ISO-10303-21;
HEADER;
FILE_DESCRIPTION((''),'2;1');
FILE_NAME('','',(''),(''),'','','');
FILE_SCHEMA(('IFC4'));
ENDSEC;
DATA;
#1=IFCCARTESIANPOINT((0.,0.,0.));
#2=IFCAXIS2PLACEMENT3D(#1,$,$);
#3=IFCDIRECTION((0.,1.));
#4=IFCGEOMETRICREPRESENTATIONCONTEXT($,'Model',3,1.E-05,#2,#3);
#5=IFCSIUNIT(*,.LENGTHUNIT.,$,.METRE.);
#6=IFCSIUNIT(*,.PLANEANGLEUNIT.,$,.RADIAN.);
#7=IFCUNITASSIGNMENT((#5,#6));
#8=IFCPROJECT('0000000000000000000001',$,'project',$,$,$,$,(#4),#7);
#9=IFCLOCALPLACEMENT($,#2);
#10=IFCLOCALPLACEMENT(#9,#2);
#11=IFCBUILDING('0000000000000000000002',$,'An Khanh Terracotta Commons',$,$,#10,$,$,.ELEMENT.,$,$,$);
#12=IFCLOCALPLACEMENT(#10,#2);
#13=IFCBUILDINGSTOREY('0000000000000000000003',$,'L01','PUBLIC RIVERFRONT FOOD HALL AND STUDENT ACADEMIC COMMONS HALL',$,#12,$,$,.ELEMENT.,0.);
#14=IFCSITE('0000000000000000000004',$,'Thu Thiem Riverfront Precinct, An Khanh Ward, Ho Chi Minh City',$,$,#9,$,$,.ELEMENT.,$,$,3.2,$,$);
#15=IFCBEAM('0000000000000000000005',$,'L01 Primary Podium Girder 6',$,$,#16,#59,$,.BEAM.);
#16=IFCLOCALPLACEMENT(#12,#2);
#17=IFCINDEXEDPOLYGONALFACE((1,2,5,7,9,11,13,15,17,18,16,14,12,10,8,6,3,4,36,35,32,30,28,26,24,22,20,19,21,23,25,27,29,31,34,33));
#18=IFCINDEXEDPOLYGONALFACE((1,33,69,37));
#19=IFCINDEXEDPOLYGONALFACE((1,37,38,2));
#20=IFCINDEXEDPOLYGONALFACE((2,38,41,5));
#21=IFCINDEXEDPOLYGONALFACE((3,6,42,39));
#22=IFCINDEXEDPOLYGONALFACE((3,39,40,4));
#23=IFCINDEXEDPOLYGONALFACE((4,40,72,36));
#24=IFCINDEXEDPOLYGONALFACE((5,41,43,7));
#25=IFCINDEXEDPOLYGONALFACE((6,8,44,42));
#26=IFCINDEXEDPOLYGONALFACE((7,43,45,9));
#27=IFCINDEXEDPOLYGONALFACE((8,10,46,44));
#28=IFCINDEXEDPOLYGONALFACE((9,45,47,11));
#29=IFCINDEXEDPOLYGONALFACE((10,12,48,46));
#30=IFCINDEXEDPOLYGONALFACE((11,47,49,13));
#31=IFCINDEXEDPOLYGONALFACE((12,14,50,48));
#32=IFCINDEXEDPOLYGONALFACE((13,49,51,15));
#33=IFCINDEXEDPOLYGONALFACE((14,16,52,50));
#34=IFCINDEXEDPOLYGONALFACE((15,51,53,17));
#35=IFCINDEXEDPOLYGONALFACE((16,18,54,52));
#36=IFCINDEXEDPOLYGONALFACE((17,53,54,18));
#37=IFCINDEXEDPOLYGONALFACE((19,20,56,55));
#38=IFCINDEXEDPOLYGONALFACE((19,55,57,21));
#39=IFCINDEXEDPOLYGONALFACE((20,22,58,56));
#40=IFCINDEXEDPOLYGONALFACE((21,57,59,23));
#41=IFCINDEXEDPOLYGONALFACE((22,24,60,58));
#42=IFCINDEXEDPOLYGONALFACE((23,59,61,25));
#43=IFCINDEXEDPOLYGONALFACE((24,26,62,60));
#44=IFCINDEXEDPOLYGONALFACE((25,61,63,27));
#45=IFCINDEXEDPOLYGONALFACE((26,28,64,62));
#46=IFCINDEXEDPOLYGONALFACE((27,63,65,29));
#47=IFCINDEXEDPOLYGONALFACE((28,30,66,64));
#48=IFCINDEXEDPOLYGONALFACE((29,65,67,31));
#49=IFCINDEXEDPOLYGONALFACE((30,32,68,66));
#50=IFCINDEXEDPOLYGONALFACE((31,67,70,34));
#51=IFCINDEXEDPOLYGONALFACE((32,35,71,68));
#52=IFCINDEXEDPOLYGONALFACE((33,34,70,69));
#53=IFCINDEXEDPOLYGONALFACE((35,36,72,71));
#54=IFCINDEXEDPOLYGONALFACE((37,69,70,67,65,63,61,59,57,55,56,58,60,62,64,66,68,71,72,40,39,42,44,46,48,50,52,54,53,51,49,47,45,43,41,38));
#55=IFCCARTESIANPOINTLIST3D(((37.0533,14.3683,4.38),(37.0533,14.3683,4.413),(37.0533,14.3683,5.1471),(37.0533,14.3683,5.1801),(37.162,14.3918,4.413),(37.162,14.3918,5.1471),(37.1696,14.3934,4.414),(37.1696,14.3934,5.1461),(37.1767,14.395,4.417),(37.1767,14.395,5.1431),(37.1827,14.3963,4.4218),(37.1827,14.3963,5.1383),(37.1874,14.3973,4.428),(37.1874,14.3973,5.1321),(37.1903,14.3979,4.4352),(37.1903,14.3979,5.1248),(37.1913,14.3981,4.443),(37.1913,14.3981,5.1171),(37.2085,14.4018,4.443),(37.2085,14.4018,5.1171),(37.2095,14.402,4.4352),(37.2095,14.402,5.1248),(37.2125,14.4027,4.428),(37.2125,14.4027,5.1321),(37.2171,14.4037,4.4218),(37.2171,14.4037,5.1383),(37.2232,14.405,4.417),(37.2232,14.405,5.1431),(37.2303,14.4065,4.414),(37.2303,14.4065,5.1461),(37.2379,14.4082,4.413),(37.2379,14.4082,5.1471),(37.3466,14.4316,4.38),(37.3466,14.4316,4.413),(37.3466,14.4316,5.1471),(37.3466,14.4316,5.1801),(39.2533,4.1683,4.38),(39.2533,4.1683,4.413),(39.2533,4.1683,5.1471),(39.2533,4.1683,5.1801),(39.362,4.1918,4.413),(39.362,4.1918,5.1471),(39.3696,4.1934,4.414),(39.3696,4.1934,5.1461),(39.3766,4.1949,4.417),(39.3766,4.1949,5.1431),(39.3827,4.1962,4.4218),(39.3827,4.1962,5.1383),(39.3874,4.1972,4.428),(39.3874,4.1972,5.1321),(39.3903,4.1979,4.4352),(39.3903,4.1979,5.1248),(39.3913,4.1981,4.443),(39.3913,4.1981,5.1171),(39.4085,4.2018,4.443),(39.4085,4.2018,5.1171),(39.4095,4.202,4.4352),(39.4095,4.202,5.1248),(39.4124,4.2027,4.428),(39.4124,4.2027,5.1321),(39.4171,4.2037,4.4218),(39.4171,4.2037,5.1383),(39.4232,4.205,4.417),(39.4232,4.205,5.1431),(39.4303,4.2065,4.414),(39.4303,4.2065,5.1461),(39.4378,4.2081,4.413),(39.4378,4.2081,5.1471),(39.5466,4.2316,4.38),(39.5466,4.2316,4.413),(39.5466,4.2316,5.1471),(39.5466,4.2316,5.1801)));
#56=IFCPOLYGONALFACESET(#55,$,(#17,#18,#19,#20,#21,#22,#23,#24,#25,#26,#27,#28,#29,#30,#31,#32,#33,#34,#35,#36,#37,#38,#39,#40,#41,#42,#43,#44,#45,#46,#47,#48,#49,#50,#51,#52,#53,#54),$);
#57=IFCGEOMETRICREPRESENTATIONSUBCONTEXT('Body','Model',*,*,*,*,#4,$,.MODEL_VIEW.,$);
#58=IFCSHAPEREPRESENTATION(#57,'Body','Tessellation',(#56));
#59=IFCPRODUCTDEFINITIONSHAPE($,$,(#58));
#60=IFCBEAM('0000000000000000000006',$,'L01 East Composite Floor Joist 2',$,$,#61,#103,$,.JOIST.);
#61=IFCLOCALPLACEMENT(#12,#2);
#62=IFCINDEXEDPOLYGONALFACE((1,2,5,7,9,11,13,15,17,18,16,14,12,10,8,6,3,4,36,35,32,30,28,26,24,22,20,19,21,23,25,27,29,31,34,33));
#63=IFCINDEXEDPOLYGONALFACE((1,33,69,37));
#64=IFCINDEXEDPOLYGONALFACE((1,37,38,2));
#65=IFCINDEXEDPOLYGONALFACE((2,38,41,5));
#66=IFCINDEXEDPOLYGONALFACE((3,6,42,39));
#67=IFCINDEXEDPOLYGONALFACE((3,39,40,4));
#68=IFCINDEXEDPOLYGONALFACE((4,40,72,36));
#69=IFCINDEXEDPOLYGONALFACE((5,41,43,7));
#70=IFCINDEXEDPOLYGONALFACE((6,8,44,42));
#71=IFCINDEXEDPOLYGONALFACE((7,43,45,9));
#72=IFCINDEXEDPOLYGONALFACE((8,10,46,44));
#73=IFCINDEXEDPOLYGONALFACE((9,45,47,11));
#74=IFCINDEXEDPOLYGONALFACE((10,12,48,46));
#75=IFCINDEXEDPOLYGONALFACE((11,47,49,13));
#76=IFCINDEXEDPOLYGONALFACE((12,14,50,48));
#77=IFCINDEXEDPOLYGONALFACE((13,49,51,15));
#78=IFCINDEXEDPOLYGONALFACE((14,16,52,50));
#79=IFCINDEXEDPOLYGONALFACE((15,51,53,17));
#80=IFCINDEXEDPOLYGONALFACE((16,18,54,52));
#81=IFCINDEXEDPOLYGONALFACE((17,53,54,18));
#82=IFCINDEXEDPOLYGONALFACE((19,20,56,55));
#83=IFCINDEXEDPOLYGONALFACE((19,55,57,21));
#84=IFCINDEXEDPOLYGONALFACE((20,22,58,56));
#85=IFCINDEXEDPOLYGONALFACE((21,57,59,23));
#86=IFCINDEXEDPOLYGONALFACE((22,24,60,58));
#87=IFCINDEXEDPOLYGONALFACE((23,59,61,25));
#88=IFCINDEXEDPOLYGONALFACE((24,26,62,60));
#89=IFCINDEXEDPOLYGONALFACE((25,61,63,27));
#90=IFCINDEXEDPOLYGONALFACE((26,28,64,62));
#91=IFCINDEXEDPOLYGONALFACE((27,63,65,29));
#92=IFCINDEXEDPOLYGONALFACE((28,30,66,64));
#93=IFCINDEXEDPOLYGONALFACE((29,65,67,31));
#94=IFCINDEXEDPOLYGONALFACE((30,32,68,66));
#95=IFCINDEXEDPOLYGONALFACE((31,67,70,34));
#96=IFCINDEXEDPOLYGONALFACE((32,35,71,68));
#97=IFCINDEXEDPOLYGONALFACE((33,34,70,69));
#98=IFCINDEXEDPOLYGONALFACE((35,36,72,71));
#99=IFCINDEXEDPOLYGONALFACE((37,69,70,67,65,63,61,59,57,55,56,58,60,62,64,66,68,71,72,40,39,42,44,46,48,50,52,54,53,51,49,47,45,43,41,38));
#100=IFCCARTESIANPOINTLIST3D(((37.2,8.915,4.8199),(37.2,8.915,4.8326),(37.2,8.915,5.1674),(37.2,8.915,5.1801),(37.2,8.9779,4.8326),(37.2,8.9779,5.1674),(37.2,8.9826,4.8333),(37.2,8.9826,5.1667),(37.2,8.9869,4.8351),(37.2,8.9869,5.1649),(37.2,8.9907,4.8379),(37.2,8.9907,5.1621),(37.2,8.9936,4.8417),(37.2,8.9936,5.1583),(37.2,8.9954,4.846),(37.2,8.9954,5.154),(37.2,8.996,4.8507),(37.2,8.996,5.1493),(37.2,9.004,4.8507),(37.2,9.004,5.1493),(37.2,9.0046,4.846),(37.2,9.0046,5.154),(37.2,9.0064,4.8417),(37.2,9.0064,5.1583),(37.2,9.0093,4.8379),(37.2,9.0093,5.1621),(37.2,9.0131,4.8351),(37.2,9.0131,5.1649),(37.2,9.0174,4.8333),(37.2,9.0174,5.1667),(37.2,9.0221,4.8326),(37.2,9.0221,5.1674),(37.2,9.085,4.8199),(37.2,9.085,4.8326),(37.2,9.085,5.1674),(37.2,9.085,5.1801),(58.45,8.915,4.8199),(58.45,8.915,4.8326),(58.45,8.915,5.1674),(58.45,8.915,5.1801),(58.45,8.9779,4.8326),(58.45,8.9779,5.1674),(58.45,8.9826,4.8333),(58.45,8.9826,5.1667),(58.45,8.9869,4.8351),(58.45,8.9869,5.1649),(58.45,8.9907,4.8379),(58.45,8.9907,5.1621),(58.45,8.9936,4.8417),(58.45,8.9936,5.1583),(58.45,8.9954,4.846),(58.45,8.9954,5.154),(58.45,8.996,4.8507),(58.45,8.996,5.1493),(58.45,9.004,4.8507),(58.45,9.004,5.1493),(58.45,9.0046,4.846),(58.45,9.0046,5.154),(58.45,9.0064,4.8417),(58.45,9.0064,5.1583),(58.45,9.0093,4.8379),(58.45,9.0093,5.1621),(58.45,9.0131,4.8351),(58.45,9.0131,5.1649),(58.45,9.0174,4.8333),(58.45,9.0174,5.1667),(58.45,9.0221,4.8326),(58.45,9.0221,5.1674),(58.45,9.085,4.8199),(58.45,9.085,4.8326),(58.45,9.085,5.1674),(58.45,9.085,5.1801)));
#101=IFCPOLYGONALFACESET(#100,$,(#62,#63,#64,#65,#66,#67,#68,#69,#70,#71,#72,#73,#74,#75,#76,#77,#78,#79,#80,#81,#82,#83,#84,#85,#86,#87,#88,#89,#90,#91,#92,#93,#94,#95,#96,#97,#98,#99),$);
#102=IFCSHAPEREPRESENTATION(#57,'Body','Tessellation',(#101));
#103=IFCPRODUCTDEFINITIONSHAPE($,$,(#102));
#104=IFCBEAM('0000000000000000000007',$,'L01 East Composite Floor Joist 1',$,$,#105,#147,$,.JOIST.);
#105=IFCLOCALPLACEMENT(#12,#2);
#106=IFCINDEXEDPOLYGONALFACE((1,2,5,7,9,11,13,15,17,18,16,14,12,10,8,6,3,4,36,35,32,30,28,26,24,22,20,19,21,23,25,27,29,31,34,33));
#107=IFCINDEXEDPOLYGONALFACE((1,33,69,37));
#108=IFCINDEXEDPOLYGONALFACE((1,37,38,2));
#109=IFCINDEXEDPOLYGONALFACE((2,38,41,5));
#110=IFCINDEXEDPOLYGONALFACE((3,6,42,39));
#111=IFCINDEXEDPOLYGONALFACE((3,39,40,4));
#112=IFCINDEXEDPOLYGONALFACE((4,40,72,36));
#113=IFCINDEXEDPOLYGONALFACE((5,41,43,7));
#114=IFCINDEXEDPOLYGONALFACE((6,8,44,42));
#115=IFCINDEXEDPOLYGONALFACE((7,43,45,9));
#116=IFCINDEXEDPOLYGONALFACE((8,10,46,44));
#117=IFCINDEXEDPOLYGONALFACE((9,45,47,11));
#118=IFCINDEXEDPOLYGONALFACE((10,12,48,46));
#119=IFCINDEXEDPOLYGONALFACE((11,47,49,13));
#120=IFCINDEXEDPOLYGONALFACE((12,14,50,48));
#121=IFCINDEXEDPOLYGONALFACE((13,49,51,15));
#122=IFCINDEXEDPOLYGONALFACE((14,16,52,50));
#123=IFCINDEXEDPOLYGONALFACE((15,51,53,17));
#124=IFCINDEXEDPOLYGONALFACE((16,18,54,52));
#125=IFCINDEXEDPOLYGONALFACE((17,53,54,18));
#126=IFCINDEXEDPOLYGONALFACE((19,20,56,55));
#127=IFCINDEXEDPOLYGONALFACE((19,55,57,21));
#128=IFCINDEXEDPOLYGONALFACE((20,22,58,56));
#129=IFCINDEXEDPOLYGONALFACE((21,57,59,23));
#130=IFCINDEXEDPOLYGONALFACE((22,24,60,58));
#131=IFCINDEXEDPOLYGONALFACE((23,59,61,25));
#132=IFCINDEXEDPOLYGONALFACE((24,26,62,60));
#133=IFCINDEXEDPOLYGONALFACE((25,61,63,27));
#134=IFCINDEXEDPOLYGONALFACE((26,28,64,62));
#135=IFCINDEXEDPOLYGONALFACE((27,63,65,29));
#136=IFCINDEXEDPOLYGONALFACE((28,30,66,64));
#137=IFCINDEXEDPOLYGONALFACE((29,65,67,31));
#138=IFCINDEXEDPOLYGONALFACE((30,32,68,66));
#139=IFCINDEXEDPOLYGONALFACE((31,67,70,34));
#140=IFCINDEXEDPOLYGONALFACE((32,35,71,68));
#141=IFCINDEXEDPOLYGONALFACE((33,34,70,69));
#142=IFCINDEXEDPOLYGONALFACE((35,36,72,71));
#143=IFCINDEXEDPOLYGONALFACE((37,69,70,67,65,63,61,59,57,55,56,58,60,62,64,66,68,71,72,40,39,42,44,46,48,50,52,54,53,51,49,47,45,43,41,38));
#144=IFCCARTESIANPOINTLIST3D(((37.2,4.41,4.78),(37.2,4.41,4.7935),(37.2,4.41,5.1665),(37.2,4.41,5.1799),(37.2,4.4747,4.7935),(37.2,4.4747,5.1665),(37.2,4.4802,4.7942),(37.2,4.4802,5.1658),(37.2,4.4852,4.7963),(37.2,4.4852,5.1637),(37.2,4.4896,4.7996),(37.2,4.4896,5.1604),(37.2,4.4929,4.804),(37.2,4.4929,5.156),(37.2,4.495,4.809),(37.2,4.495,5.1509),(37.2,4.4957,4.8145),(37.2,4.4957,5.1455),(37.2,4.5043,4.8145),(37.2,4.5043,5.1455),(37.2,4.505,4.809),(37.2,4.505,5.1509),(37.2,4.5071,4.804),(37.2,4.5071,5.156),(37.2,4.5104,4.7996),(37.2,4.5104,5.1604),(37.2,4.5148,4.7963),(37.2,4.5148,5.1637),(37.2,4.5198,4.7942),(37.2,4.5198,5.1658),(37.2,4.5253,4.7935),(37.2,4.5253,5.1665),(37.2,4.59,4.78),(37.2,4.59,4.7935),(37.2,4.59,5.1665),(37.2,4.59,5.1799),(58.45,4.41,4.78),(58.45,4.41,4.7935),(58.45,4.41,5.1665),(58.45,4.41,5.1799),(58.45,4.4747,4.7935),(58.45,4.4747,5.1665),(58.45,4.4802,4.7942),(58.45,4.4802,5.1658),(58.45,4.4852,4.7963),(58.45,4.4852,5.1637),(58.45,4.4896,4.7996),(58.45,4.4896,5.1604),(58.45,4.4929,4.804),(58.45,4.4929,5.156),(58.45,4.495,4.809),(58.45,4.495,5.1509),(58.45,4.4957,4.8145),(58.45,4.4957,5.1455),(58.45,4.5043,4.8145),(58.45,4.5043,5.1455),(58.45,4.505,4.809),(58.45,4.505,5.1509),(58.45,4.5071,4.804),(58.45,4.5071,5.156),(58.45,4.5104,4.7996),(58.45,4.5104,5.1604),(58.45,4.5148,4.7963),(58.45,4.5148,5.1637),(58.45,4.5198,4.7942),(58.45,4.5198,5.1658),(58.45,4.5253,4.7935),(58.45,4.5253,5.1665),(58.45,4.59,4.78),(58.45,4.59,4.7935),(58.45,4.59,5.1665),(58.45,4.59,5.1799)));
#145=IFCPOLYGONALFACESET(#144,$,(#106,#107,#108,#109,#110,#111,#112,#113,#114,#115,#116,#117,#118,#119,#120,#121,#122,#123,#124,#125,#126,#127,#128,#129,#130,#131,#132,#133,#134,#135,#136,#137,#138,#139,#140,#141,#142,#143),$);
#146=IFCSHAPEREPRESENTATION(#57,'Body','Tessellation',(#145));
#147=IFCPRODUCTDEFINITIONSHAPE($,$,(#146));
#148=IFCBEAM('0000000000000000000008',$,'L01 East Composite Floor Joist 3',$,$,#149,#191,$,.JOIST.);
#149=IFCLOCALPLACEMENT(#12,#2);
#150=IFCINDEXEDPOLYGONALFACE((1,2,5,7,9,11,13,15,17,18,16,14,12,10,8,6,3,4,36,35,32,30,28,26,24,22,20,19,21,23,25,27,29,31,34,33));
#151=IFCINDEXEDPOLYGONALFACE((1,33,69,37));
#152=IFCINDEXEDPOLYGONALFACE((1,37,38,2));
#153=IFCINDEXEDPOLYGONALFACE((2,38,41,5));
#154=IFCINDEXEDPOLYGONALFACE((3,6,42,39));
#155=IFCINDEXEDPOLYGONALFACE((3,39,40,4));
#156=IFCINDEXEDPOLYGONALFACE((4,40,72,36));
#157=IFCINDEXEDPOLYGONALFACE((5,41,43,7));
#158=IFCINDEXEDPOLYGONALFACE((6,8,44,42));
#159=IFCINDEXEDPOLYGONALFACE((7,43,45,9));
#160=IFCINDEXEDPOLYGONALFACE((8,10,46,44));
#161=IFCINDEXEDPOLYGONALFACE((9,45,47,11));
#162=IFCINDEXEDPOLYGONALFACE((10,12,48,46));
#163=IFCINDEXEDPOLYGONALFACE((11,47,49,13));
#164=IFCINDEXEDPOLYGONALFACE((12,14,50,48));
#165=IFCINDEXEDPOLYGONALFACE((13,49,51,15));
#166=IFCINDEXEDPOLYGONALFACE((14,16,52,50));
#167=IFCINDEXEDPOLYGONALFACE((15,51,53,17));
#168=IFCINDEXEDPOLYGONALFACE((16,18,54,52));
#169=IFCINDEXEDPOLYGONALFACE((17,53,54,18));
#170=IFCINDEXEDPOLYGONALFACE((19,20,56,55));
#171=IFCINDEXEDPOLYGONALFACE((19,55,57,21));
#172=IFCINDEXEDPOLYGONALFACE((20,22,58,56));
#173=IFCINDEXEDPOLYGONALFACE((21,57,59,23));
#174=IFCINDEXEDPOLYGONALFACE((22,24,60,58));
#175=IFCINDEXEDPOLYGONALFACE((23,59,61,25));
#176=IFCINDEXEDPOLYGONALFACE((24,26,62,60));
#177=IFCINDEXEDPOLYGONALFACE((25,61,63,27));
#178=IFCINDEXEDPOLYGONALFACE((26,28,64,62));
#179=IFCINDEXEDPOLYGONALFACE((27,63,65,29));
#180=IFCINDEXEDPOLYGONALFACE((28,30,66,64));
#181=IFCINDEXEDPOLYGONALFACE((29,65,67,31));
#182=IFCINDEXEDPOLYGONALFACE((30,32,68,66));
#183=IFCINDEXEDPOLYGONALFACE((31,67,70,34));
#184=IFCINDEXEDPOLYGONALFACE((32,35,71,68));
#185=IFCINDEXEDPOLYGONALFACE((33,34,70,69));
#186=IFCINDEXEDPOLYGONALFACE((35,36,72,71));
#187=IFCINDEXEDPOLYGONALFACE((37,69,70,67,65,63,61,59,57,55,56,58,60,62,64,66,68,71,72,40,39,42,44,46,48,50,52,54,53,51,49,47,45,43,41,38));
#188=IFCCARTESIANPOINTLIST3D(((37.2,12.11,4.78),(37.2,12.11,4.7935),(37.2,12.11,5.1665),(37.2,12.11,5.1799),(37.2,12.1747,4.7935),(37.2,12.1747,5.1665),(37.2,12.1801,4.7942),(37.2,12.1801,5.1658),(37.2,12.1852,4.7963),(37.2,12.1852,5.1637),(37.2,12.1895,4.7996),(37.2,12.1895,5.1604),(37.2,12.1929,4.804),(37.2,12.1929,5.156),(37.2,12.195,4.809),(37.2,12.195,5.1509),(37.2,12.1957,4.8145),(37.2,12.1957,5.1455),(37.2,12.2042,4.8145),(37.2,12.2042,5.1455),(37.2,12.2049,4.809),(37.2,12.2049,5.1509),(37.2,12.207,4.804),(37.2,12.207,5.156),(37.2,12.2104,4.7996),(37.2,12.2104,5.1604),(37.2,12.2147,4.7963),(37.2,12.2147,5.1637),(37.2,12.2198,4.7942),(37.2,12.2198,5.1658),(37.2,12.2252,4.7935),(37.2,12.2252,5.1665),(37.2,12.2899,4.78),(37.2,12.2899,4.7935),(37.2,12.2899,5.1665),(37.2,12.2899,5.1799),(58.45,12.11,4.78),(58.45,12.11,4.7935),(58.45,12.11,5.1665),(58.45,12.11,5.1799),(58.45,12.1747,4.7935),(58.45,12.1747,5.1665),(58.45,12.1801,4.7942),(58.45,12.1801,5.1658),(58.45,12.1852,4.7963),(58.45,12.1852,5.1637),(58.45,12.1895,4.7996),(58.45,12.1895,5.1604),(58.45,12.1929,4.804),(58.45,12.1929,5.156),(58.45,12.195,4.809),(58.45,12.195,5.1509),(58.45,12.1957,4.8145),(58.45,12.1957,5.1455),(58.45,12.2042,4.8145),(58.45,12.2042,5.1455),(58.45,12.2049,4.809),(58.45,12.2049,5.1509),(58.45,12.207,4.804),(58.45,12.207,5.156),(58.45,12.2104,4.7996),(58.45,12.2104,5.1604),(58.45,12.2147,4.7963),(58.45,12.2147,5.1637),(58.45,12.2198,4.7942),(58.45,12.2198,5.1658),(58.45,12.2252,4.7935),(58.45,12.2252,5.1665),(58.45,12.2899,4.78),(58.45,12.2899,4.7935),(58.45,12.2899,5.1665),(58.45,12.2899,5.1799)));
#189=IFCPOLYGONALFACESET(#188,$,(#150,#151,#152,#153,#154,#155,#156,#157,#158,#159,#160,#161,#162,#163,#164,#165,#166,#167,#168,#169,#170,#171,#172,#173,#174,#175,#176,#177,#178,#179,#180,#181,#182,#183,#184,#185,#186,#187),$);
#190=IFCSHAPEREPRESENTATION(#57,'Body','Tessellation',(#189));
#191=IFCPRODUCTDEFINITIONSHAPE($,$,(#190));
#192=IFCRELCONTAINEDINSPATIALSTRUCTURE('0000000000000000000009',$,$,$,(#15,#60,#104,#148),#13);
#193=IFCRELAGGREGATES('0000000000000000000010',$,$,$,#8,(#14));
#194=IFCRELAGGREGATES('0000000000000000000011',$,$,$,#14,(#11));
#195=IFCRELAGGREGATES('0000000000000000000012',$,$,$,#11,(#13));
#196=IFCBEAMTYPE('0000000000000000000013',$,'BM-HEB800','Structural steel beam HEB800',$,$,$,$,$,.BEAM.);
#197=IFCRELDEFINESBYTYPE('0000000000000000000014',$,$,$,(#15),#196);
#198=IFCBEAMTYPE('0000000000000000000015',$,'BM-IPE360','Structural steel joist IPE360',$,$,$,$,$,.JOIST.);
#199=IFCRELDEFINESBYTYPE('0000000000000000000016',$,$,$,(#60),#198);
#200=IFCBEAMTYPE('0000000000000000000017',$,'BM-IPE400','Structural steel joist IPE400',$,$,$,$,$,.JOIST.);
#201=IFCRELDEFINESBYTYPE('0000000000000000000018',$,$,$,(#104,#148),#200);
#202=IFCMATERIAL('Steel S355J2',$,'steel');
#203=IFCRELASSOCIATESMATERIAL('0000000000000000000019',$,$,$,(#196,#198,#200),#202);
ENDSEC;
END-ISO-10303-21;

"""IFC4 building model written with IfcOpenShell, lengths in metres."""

from ifc_helpers import new_model, si_unit, direction, frame, origin, origin_2d, place, context, subcontext, project, spatial, i_section, extrude, material, material_profile, profile_set, type_object, element, save


model = new_model("IFC4")

# Units and contexts
model_context = context("Model", 3, precision=1e-05, world=origin(), true_north=direction((0.0, 1.0)))
body_context = subcontext(model_context, "Body", "Model", "MODEL_VIEW")
ifc_project = project(units=[si_unit("LENGTHUNIT", "METRE"), si_unit("PLANEANGLEUNIT", "RADIAN")], contexts=[model_context])

# Site, building, storey
site_placement = place(None, origin())
site = spatial("IfcSite", under=ifc_project, at=site_placement, Name="Thu Thiem Riverfront Precinct, An Khanh Ward, Ho Chi Minh City", CompositionType="ELEMENT", RefElevation=3.2)
building_placement = place(site_placement, origin())
building = spatial("IfcBuilding", under=site, at=building_placement, Name="An Khanh Terracotta Commons", CompositionType="ELEMENT")
storey_placement = place(building_placement, origin())
storey = spatial("IfcBuildingStorey", under=building, at=storey_placement, Name="L01", Description="PUBLIC RIVERFRONT FOOD HALL AND STUDENT ACADEMIC COMMONS HALL", CompositionType="ELEMENT", Elevation=0.0)

# Beams
ifc_material_1 = material(Name="Steel S355J2", Category="steel")
ifc_material_profile_1 = material_profile(ifc_material_1, i_section(OverallWidth=0.3, OverallDepth=0.8, WebThickness=0.0176, FlangeThickness=0.033, FilletRadius=0.03, at=origin_2d()), Name="HEB800")
ifc_profile_set_1 = profile_set([ifc_material_profile_1], Name="Steel S355J2")
beam_type_1 = type_object("IfcBeamType", Name="BM-HEB800", Description="Structural steel beam HEB800", PredefinedType="BEAM", material=ifc_profile_set_1)
beam_1_placement = place(storey_placement, frame((39.3999, 4.2, 4.78), z_axis=(-0.210834, 0.977522, 0.0), x_axis=(-0.977522, -0.210834, 0.0)))
element("IfcBeam", 1, at=beam_1_placement, inside=storey, type_object=beam_type_1, Name="L01 Primary Podium Girder 6", PredefinedType="BEAM", context=body_context, shape_type="SweptSolid", body=[
    extrude(i_section(OverallWidth=0.3, OverallDepth=0.8, WebThickness=0.0176, FlangeThickness=0.033, FilletRadius=0.03, at=origin_2d()), origin(), (0.0, 0.0, 1.0), 10.4346),
])
ifc_material_profile_2 = material_profile(ifc_material_1, i_section(OverallWidth=0.1699, OverallDepth=0.3601, WebThickness=0.0081, FlangeThickness=0.0127, FilletRadius=0.0181, at=origin_2d()), Name="IPE360")
ifc_profile_set_2 = profile_set([ifc_material_profile_2], Name="Steel S355J2")
beam_type_2 = type_object("IfcBeamType", Name="BM-IPE360", Description="Structural steel joist IPE360", PredefinedType="JOIST", material=ifc_profile_set_2)
beam_2_placement = place(storey_placement, frame((37.2, 9.0, 5.0), z_axis=(1.0, 0.0, 0.0), x_axis=(0.0, 1.0, 0.0)))
element("IfcBeam", 2, at=beam_2_placement, inside=storey, type_object=beam_type_2, Name="L01 East Composite Floor Joist 2", PredefinedType="JOIST", context=body_context, shape_type="SweptSolid", body=[
    extrude(i_section(OverallWidth=0.1699, OverallDepth=0.3601, WebThickness=0.0081, FlangeThickness=0.0127, FilletRadius=0.0181, at=origin_2d()), origin(), (0.0, 0.0, 1.0), 21.25),
])
ifc_material_profile_3 = material_profile(ifc_material_1, i_section(OverallWidth=0.1799, OverallDepth=0.3999, WebThickness=0.0085, FlangeThickness=0.0134, FilletRadius=0.021, at=origin_2d()), Name="IPE400")
ifc_profile_set_3 = profile_set([ifc_material_profile_3], Name="Steel S355J2")
beam_type_3 = type_object("IfcBeamType", Name="BM-IPE400", Description="Structural steel joist IPE400", PredefinedType="JOIST", material=ifc_profile_set_3)
for number, where, z_axis, x_axis, name in (
    (3, (37.2, 4.5, 4.98), (1.0, 0.0, 0.0), (0.0, 1.0, 0.0), "L01 East Composite Floor Joist 1"),
    (4, (37.2, 12.2, 4.98), (1.0, 0.0, 0.0), (0.0, 1.0, 0.0), "L01 East Composite Floor Joist 3"),
):
    element("IfcBeam", number, at=place(storey_placement, frame(where, z_axis=z_axis, x_axis=x_axis)), inside=storey, type_object=beam_type_3, Name=name, PredefinedType="JOIST", context=body_context, shape_type="SweptSolid", body=[
        extrude(i_section(OverallWidth=0.1799, OverallDepth=0.3999, WebThickness=0.0085, FlangeThickness=0.0134, FilletRadius=0.021, at=origin_2d()), origin(), (0.0, 0.0, 1.0), 21.25),
    ])

save(model, "model.ifc")
